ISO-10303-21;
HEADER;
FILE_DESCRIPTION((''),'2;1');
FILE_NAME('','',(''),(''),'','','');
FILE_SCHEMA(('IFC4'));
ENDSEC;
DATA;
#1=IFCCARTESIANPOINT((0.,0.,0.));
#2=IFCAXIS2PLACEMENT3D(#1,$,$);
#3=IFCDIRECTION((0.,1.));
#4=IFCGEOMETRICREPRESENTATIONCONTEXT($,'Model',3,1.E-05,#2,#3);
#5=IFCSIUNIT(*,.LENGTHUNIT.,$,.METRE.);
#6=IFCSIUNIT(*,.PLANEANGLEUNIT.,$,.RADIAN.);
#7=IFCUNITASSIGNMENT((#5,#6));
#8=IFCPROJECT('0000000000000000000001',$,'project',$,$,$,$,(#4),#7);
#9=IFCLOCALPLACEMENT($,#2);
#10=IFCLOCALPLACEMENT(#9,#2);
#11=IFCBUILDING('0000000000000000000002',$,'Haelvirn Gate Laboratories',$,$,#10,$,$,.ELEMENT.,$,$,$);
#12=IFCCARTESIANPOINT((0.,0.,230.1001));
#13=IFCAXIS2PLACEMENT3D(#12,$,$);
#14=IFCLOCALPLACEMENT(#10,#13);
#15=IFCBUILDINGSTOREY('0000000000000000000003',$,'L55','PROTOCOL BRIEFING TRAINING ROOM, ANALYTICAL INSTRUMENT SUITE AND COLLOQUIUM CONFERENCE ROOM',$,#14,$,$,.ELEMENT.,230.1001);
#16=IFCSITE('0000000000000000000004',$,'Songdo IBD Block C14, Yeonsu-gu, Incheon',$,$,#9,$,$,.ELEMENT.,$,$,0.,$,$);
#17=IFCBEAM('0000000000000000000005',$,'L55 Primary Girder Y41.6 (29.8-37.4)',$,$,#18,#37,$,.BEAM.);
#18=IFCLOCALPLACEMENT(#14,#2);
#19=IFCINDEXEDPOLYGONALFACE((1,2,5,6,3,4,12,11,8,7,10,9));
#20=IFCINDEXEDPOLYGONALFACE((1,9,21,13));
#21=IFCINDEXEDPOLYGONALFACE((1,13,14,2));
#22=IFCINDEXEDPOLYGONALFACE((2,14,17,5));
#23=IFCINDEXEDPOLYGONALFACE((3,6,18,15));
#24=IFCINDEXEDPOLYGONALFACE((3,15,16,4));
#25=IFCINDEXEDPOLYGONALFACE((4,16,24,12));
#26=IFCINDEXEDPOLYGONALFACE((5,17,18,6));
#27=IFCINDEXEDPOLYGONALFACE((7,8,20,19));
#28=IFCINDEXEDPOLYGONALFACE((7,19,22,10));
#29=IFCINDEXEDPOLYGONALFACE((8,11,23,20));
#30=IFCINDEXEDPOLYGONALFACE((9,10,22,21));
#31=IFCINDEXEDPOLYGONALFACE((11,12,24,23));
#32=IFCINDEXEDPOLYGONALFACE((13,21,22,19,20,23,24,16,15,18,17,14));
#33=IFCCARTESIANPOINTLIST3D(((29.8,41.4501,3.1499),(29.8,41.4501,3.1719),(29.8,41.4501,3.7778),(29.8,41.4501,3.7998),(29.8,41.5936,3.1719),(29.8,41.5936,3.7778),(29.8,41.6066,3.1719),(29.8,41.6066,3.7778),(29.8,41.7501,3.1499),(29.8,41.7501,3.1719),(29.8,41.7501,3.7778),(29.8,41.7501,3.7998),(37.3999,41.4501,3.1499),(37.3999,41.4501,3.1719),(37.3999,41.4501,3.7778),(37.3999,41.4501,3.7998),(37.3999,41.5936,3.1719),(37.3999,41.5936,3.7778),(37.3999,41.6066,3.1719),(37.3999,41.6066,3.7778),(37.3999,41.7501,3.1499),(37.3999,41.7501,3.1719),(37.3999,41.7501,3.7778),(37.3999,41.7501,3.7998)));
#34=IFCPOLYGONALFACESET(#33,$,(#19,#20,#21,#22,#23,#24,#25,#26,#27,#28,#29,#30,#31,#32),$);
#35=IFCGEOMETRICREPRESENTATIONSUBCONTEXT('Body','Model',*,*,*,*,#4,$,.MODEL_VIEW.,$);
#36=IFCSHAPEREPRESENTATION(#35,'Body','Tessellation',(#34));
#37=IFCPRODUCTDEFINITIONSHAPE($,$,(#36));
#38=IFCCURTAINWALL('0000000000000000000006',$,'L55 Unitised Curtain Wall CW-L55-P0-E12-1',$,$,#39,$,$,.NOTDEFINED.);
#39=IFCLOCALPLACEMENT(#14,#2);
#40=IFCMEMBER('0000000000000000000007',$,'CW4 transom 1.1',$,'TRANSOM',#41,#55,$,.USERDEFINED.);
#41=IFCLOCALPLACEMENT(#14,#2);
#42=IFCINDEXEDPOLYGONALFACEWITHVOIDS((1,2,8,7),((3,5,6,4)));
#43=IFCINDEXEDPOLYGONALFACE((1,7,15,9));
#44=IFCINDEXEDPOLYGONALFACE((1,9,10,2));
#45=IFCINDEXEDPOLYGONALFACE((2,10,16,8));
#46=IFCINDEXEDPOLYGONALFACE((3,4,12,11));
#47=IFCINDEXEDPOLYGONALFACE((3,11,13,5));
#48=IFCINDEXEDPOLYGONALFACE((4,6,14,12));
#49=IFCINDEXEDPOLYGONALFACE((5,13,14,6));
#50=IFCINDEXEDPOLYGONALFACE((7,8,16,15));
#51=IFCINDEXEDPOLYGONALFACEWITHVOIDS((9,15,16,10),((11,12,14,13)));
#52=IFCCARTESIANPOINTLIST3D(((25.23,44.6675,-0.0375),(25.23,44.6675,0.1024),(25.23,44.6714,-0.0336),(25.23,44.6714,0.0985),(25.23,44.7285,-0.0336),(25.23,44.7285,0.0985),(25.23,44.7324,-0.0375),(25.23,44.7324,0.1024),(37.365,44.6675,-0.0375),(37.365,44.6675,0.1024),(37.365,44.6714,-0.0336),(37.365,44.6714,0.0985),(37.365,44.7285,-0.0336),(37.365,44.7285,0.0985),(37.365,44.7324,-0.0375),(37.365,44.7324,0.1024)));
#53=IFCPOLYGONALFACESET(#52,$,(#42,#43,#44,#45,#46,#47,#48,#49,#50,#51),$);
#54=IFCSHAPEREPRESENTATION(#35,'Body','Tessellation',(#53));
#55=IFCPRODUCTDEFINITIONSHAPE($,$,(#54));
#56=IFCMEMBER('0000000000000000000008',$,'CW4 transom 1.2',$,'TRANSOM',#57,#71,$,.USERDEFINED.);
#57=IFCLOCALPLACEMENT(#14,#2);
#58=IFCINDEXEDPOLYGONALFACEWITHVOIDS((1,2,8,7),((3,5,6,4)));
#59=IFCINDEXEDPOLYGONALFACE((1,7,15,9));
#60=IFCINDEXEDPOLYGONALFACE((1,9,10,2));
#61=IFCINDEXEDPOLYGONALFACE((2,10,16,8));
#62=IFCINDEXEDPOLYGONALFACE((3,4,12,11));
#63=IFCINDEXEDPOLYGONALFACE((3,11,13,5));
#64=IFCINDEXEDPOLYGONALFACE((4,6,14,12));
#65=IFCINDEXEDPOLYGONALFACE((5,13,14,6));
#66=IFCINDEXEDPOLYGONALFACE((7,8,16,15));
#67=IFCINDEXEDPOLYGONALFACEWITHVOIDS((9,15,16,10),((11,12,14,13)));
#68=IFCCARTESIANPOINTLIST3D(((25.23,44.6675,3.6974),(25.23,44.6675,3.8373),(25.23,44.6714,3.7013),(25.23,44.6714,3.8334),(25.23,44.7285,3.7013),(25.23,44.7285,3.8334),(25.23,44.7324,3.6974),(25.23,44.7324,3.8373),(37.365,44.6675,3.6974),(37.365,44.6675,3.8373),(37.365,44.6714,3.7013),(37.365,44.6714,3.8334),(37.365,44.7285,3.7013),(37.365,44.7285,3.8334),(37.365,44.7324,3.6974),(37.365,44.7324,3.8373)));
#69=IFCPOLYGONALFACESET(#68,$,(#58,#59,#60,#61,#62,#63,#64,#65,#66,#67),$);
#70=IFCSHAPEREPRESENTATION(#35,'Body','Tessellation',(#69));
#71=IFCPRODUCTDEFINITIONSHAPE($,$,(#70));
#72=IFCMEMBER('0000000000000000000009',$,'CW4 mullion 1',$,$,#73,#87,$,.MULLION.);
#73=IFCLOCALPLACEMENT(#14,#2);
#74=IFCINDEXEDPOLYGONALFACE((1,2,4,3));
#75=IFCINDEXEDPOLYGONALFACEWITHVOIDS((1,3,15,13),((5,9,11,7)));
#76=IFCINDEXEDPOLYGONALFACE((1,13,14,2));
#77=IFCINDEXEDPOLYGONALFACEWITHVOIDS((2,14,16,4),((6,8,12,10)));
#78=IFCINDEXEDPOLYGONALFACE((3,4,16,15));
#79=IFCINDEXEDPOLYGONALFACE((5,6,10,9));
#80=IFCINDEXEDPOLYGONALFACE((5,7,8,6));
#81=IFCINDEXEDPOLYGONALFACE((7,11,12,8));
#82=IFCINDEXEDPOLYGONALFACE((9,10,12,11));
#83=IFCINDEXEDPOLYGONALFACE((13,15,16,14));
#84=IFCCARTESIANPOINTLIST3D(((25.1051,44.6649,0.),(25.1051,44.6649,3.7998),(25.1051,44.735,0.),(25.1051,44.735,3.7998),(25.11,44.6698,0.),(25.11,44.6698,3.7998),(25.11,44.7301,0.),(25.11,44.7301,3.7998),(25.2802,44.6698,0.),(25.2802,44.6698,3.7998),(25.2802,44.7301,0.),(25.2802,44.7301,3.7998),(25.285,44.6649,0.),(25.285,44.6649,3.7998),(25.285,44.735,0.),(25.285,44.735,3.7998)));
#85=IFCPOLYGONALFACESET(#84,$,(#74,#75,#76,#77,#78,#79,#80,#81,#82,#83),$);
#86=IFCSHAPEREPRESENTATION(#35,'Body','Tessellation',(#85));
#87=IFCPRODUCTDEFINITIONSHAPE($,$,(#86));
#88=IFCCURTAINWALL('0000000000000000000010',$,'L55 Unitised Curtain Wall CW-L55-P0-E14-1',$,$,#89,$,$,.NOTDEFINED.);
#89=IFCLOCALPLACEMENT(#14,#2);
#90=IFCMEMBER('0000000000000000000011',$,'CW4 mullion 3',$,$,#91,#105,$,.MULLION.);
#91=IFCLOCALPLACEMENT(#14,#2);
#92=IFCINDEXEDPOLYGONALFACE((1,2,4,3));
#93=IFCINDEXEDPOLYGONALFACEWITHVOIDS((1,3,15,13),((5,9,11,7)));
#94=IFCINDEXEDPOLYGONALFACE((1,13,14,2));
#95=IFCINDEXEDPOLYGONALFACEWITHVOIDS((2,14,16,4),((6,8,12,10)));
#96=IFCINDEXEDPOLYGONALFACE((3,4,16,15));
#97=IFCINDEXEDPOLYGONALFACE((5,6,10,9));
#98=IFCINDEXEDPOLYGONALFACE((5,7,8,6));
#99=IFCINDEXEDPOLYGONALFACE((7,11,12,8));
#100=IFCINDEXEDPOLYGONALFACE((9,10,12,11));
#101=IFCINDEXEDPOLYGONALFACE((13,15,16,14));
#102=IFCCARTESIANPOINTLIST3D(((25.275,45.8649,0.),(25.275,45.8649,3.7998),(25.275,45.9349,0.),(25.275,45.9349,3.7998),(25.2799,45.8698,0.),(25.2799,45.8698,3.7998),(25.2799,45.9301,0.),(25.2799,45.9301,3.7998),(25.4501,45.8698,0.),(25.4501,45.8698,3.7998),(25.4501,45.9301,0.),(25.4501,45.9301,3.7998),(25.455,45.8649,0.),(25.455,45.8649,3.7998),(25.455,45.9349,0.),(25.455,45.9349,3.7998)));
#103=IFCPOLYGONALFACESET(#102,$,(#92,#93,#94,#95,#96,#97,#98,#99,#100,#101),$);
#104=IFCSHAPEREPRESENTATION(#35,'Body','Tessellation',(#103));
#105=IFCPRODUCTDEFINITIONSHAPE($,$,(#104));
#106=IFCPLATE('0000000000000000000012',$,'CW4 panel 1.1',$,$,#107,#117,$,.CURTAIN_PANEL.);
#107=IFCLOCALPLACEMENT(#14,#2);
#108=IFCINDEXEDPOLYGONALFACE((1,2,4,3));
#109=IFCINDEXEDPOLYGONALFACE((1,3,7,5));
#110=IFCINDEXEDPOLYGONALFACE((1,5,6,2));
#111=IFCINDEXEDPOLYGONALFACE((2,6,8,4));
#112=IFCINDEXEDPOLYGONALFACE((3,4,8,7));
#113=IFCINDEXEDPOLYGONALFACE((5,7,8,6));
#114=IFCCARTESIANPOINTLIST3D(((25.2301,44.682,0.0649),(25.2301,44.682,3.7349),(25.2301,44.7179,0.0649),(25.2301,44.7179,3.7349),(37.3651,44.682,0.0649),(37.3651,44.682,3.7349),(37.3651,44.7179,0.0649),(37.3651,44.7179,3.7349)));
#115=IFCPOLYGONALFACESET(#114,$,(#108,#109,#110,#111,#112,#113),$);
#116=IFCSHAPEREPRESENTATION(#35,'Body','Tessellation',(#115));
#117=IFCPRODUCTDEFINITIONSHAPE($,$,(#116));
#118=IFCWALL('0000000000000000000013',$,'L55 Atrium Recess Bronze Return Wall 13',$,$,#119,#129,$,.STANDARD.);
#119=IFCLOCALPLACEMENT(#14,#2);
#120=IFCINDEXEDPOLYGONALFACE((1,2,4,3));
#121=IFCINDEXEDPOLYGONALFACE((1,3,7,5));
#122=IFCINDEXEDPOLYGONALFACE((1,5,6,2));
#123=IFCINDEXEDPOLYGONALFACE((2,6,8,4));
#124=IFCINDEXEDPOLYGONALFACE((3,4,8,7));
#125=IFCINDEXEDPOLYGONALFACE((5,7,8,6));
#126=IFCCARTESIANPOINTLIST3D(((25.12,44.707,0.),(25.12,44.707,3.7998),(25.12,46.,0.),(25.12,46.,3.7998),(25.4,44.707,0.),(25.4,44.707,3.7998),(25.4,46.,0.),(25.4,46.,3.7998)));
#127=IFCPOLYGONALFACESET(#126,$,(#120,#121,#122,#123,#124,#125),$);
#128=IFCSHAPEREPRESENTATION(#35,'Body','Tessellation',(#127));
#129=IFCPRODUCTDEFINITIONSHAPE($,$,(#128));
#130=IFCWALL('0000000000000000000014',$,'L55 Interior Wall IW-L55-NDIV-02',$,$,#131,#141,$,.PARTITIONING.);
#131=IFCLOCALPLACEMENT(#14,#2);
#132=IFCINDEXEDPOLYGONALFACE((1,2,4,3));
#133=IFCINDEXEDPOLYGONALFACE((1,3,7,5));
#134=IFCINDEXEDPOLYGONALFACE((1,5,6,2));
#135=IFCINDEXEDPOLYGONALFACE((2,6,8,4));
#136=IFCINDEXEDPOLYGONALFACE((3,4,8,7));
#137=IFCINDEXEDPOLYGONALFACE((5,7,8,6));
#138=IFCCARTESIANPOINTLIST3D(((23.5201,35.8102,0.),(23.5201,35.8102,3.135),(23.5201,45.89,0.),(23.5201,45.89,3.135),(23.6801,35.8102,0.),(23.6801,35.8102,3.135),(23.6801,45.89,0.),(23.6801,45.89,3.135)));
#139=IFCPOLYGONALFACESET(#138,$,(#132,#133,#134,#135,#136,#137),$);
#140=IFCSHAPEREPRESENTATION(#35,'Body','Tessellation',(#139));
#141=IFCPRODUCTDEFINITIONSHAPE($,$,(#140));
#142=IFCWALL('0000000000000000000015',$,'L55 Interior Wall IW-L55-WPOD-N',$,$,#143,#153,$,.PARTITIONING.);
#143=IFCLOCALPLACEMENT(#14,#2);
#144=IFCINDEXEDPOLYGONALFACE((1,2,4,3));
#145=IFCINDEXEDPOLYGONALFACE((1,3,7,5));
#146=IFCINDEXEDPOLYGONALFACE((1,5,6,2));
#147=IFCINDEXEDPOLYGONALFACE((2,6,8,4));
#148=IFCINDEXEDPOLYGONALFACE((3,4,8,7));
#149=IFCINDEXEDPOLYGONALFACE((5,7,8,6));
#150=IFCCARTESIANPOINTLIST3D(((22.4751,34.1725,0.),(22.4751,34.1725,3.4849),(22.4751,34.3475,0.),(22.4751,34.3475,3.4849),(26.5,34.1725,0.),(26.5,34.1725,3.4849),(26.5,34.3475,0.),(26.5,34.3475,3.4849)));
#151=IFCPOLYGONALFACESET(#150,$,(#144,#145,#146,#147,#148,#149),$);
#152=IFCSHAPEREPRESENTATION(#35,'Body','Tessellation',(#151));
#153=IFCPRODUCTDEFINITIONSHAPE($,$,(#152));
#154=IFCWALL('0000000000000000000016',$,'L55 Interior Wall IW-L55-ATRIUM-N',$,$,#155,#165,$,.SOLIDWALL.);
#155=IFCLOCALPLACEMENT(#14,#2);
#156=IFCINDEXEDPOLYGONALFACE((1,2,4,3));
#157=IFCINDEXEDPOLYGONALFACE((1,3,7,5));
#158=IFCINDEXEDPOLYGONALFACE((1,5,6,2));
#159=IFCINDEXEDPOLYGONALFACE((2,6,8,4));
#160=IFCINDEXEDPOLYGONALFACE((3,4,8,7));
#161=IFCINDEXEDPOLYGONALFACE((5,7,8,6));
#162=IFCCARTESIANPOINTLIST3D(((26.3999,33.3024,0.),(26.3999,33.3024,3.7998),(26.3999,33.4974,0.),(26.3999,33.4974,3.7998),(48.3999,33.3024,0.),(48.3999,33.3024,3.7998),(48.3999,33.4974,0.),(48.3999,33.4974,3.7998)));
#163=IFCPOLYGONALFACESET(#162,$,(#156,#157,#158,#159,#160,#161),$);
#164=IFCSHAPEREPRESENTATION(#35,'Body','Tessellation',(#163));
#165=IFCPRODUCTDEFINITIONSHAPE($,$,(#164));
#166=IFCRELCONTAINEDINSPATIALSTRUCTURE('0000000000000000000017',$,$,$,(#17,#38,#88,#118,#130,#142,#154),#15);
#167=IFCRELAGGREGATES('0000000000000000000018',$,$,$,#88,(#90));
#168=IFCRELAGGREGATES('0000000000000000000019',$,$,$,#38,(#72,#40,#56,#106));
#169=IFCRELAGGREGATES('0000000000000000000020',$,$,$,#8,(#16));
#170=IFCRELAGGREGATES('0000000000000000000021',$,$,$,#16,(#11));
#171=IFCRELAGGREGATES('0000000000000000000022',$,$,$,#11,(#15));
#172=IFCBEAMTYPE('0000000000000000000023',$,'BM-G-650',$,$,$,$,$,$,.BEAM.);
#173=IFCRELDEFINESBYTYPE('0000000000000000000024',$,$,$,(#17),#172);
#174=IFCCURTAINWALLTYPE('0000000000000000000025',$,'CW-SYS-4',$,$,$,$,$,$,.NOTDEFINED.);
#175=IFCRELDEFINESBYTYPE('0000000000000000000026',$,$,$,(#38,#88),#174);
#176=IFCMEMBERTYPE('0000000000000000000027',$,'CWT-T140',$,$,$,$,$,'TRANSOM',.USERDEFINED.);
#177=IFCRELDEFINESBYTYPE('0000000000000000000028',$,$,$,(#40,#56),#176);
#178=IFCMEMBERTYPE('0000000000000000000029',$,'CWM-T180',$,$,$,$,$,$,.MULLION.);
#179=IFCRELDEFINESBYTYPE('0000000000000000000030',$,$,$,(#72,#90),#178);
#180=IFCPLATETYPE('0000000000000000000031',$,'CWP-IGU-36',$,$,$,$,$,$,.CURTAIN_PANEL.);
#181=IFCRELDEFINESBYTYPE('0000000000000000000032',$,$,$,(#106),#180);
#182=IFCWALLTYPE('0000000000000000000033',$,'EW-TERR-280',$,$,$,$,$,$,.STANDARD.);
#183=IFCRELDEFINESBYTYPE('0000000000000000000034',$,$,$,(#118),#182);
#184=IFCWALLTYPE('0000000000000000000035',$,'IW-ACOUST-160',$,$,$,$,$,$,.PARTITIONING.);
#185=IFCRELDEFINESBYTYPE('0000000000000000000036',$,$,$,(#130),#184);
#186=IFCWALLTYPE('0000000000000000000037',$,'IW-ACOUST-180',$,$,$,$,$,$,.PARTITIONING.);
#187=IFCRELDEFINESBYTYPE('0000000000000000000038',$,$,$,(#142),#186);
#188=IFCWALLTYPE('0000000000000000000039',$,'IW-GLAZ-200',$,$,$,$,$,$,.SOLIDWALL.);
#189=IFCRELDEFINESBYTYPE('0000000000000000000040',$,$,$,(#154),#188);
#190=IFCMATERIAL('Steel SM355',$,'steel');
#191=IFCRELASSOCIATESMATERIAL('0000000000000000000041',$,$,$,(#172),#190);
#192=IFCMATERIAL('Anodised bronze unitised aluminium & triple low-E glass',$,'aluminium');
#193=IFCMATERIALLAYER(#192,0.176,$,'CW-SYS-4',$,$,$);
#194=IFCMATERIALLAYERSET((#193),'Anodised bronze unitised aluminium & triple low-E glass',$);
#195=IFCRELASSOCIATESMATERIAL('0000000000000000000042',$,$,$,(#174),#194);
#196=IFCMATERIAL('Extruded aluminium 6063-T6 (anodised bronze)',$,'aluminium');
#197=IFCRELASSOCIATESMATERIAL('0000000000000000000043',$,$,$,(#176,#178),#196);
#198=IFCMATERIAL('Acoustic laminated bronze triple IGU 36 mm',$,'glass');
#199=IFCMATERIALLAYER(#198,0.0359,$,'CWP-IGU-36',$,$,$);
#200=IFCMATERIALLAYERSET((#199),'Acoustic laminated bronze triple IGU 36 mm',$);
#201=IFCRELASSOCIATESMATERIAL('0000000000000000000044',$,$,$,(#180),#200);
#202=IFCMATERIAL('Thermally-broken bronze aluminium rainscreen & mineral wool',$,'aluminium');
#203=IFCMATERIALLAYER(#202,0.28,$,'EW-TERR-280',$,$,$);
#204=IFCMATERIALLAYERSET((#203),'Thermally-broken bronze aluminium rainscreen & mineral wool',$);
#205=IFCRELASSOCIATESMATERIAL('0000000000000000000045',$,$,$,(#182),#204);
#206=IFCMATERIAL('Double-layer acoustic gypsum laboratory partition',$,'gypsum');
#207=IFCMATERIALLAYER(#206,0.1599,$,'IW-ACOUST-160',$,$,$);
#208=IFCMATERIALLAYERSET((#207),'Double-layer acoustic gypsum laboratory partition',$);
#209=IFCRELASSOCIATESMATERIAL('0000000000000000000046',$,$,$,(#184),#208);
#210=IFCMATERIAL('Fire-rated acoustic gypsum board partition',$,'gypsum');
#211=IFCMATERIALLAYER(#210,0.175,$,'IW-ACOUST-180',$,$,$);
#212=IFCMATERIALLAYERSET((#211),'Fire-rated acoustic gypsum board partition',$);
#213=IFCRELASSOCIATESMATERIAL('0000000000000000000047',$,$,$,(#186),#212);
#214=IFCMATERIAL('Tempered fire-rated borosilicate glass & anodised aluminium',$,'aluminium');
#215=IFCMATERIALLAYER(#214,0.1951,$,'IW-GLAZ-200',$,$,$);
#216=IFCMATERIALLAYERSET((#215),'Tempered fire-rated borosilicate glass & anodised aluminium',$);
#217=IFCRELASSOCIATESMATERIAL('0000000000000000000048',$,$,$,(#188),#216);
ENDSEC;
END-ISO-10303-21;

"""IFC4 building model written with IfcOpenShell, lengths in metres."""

from ifc_helpers import new_model, si_unit, direction, frame, frame_2d, origin, origin_2d, place, context, subcontext, project, spatial, rectangle, hollow_rectangle, i_section, extrude, source, transform, mapped, material, layer, layer_set, material_profile, profile_set, type_object, type_shapes, element, aggregate, save


model = new_model("IFC4")

# Units and contexts
model_context = context("Model", 3, precision=1e-05, world=origin(), true_north=direction((0.0, 1.0)))
body_context = subcontext(model_context, "Body", "Model", "MODEL_VIEW")
ifc_project = project(units=[si_unit("LENGTHUNIT", "METRE"), si_unit("PLANEANGLEUNIT", "RADIAN")], contexts=[model_context])

# Site, building, storey
site_placement = place(None, origin())
site = spatial("IfcSite", under=ifc_project, at=site_placement, Name="Songdo IBD Block C14, Yeonsu-gu, Incheon", CompositionType="ELEMENT", RefElevation=0.0)
building_placement = place(site_placement, origin())
building = spatial("IfcBuilding", under=site, at=building_placement, Name="Haelvirn Gate Laboratories", CompositionType="ELEMENT")
storey_placement = place(building_placement, frame((0.0, 0.0, 230.1001)))
storey = spatial("IfcBuildingStorey", under=building, at=storey_placement, Name="L55", Description="PROTOCOL BRIEFING TRAINING ROOM, ANALYTICAL INSTRUMENT SUITE AND COLLOQUIUM CONFERENCE ROOM", CompositionType="ELEMENT", Elevation=230.1001)

# Shared definitions
ifc_material_1 = material(Name="Steel SM355", Category="steel")

# Beam
ifc_material_profile_1 = material_profile(ifc_material_1, i_section(OverallWidth=0.3, OverallDepth=0.6499, WebThickness=0.0129, FlangeThickness=0.022, at=origin_2d()), Name="H-650x300x13x22")
ifc_profile_set_1 = profile_set([ifc_material_profile_1], Name="Steel SM355")
beam_type_1 = type_object("IfcBeamType", Name="BM-G-650", PredefinedType="BEAM", material=ifc_profile_set_1)
shared_shape_1 = source(origin(), body_context, "Body", "SweptSolid", [
    extrude(i_section(OverallWidth=0.3, OverallDepth=0.6499, WebThickness=0.0129, FlangeThickness=0.022, at=origin_2d()), origin(), (0.0, 0.0, 1.0), 7.5999),
])
for number, where, z_axis, x_axis, name in (
    (1, (29.8, 41.6001, 3.4749), (1.0, 0.0, 0.0), (0.0, 1.0, 0.0), "L55 Primary Girder Y41.6 (29.8-37.4)"),
):
    element("IfcBeam", number, at=place(storey_placement, frame(where, z_axis=z_axis, x_axis=x_axis)), inside=storey, type_object=beam_type_1, Name=name, PredefinedType="BEAM", context=body_context, shape_type="MappedRepresentation", body=[
        mapped(shared_shape_1, transform((0.0, 0.0, 0.0), scale=1.0)),
    ])

# Curtain wall, members
ifc_material_2 = material(Name="Anodised bronze unitised aluminium & triple low-E glass", Category="aluminium")
ifc_layer_1 = layer(ifc_material_2, 0.176, Name="CW-SYS-4")
ifc_layer_set_1 = layer_set([ifc_layer_1], Name="Anodised bronze unitised aluminium & triple low-E glass")
curtain_wall_type = type_object("IfcCurtainWallType", Name="CW-SYS-4", PredefinedType="NOTDEFINED", material=ifc_layer_set_1)
curtain_wall_1_placement = place(storey_placement, origin())
curtain_wall_1 = element("IfcCurtainWall", 2, at=curtain_wall_1_placement, inside=storey, type_object=curtain_wall_type, Name="L55 Unitised Curtain Wall CW-L55-P0-E12-1", PredefinedType="NOTDEFINED")
ifc_material_3 = material(Name="Extruded aluminium 6063-T6 (anodised bronze)", Category="aluminium")
ifc_material_profile_2 = material_profile(ifc_material_3, hollow_rectangle(XDim=0.0649, YDim=0.1399, WallThickness=0.0039, at=origin_2d()), Name="CWT-140x65x4")
ifc_profile_set_2 = profile_set([ifc_material_profile_2], Name="Extruded aluminium 6063-T6 (anodised bronze)")
member_type_1 = type_object("IfcMemberType", Name="CWT-T140", ElementType="TRANSOM", PredefinedType="USERDEFINED", material=ifc_profile_set_2)
shared_shape_2 = source(origin(), body_context, "Body", "SweptSolid", [
    extrude(hollow_rectangle(XDim=0.0649, YDim=0.1399, WallThickness=0.0039, at=origin_2d()), origin(), (0.0, 0.0, 1.0), 12.135),
])
type_shapes(member_type_1, [shared_shape_2])
member_1_placement = place(storey_placement, frame((25.23, 44.7, 0.0325), z_axis=(1.0, 0.0, 0.0), x_axis=(0.0, 1.0, 0.0)))
member_1 = element("IfcMember", 3, at=member_1_placement, type_object=member_type_1, Name="CW4 transom 1.1", ObjectType="TRANSOM", PredefinedType="USERDEFINED", context=body_context, shape_type="MappedRepresentation", body=[
    mapped(shared_shape_2, transform((0.0, 0.0, 0.0), scale=1.0)),
])
member_2_placement = place(storey_placement, frame((25.23, 44.7, 3.7673), z_axis=(1.0, 0.0, 0.0), x_axis=(0.0, 1.0, 0.0)))
member_2 = element("IfcMember", 4, at=member_2_placement, type_object=member_type_1, Name="CW4 transom 1.2", ObjectType="TRANSOM", PredefinedType="USERDEFINED", context=body_context, shape_type="MappedRepresentation", body=[
    mapped(shared_shape_2, transform((0.0, 0.0, 0.0), scale=1.0)),
])
ifc_material_profile_3 = material_profile(ifc_material_3, hollow_rectangle(XDim=0.0701, YDim=0.1799, WallThickness=0.0049, at=origin_2d()), Name="CWM-180x70x5")
ifc_profile_set_3 = profile_set([ifc_material_profile_3], Name="Extruded aluminium 6063-T6 (anodised bronze)")
member_type_2 = type_object("IfcMemberType", Name="CWM-T180", PredefinedType="MULLION", material=ifc_profile_set_3)
shared_shape_3 = source(origin(), body_context, "Body", "SweptSolid", [
    extrude(hollow_rectangle(XDim=0.0701, YDim=0.1799, WallThickness=0.0049, at=origin_2d()), origin(), (0.0, 0.0, 1.0), 3.7998),
])
type_shapes(member_type_2, [shared_shape_3])
member_3_placement = place(storey_placement, frame((25.1951, 44.7, 0.0), z_axis=(0.0, 0.0, 1.0), x_axis=(0.0, 1.0, 0.0)))
member_3 = element("IfcMember", 5, at=member_3_placement, type_object=member_type_2, Name="CW4 mullion 1", PredefinedType="MULLION", context=body_context, shape_type="MappedRepresentation", body=[
    mapped(shared_shape_3, transform((0.0, 0.0, 0.0), scale=1.0)),
])

# Curtain wall, member
curtain_wall_2_placement = place(storey_placement, origin())
curtain_wall_2 = element("IfcCurtainWall", 6, at=curtain_wall_2_placement, inside=storey, type_object=curtain_wall_type, Name="L55 Unitised Curtain Wall CW-L55-P0-E14-1", PredefinedType="NOTDEFINED")
member_4_placement = place(storey_placement, frame((25.365, 45.8999, 0.0), z_axis=(0.0, 0.0, 1.0), x_axis=(0.0, 1.0, 0.0)))
member_4 = element("IfcMember", 7, at=member_4_placement, type_object=member_type_2, Name="CW4 mullion 3", PredefinedType="MULLION", context=body_context, shape_type="MappedRepresentation", body=[
    mapped(shared_shape_3, transform((0.0, 0.0, 0.0), scale=1.0)),
])
aggregate(curtain_wall_2, [member_4])

# Plate
ifc_material_4 = material(Name="Acoustic laminated bronze triple IGU 36 mm", Category="glass")
ifc_layer_2 = layer(ifc_material_4, 0.0359, Name="CWP-IGU-36")
ifc_layer_set_2 = layer_set([ifc_layer_2], Name="Acoustic laminated bronze triple IGU 36 mm")
plate_type = type_object("IfcPlateType", Name="CWP-IGU-36", PredefinedType="CURTAIN_PANEL", material=ifc_layer_set_2)
shared_shape_4 = source(origin(), body_context, "Body", "SweptSolid", [
    extrude(rectangle(XDim=12.135, YDim=0.0359, at=origin_2d()), origin(), (0.0, 0.0, 1.0), 3.6699),
])
type_shapes(plate_type, [shared_shape_4])
plate_placement = place(storey_placement, frame((31.2976, 44.7, 0.0649), z_axis=(0.0, 0.0, 1.0), x_axis=(1.0, 0.0, 0.0)))
plate = element("IfcPlate", 8, at=plate_placement, type_object=plate_type, Name="CW4 panel 1.1", PredefinedType="CURTAIN_PANEL", context=body_context, shape_type="MappedRepresentation", body=[
    mapped(shared_shape_4, transform((0.0, 0.0, 0.0), scale=1.0)),
])
aggregate(curtain_wall_1, [member_3, member_1, member_2, plate])

# Walls
ifc_material_5 = material(Name="Thermally-broken bronze aluminium rainscreen & mineral wool", Category="aluminium")
ifc_layer_3 = layer(ifc_material_5, 0.28, Name="EW-TERR-280")
ifc_layer_set_3 = layer_set([ifc_layer_3], Name="Thermally-broken bronze aluminium rainscreen & mineral wool")
wall_type_1 = type_object("IfcWallType", Name="EW-TERR-280", PredefinedType="STANDARD", material=ifc_layer_set_3)
wall_1_placement = place(storey_placement, frame((25.26, 44.707, 0.0), z_axis=(0.0, 0.0, 1.0), x_axis=(0.0, 1.0, 0.0)))
element("IfcWall", 9, at=wall_1_placement, inside=storey, type_object=wall_type_1, Name="L55 Atrium Recess Bronze Return Wall 13", PredefinedType="STANDARD", context=body_context, shape_type="SweptSolid", body=[
    extrude(rectangle(XDim=1.293, YDim=0.28, at=frame_2d((0.6465, 0.0))), origin(), (0.0, 0.0, 1.0), 3.7998),
])
ifc_material_6 = material(Name="Double-layer acoustic gypsum laboratory partition", Category="gypsum")
ifc_layer_4 = layer(ifc_material_6, 0.1599, Name="IW-ACOUST-160")
ifc_layer_set_4 = layer_set([ifc_layer_4], Name="Double-layer acoustic gypsum laboratory partition")
wall_type_2 = type_object("IfcWallType", Name="IW-ACOUST-160", PredefinedType="PARTITIONING", material=ifc_layer_set_4)
wall_2_placement = place(storey_placement, frame((23.6001, 35.8101, 0.0), z_axis=(0.0, 0.0, 1.0), x_axis=(0.0, 1.0, 0.0)))
element("IfcWall", 10, at=wall_2_placement, inside=storey, type_object=wall_type_2, Name="L55 Interior Wall IW-L55-NDIV-02", PredefinedType="PARTITIONING", context=body_context, shape_type="SweptSolid", body=[
    extrude(rectangle(XDim=10.0798, YDim=0.1599, at=frame_2d((5.04, 0.0))), origin(), (0.0, 0.0, 1.0), 3.135),
])
ifc_material_7 = material(Name="Fire-rated acoustic gypsum board partition", Category="gypsum")
ifc_layer_5 = layer(ifc_material_7, 0.175, Name="IW-ACOUST-180")
ifc_layer_set_5 = layer_set([ifc_layer_5], Name="Fire-rated acoustic gypsum board partition")
wall_type_3 = type_object("IfcWallType", Name="IW-ACOUST-180", PredefinedType="PARTITIONING", material=ifc_layer_set_5)
wall_3_placement = place(storey_placement, frame((22.4751, 34.26, 0.0), z_axis=(0.0, 0.0, 1.0), x_axis=(1.0, 0.0, 0.0)))
element("IfcWall", 11, at=wall_3_placement, inside=storey, type_object=wall_type_3, Name="L55 Interior Wall IW-L55-WPOD-N", PredefinedType="PARTITIONING", context=body_context, shape_type="SweptSolid", body=[
    extrude(rectangle(XDim=4.0249, YDim=0.175, at=frame_2d((2.0125, 0.0))), origin(), (0.0, 0.0, 1.0), 3.4849),
])
ifc_material_8 = material(Name="Tempered fire-rated borosilicate glass & anodised aluminium", Category="aluminium")
ifc_layer_6 = layer(ifc_material_8, 0.1951, Name="IW-GLAZ-200")
ifc_layer_set_6 = layer_set([ifc_layer_6], Name="Tempered fire-rated borosilicate glass & anodised aluminium")
wall_type_4 = type_object("IfcWallType", Name="IW-GLAZ-200", PredefinedType="SOLIDWALL", material=ifc_layer_set_6)
wall_4_placement = place(storey_placement, frame((26.3999, 33.3999, 0.0), z_axis=(0.0, 0.0, 1.0), x_axis=(1.0, 0.0, 0.0)))
element("IfcWall", 12, at=wall_4_placement, inside=storey, type_object=wall_type_4, Name="L55 Interior Wall IW-L55-ATRIUM-N", PredefinedType="SOLIDWALL", context=body_context, shape_type="SweptSolid", body=[
    extrude(rectangle(XDim=22.0, YDim=0.1951, at=frame_2d((11.0, 0.0))), origin(), (0.0, 0.0, 1.0), 3.7998),
])

save(model, "model.ifc")
